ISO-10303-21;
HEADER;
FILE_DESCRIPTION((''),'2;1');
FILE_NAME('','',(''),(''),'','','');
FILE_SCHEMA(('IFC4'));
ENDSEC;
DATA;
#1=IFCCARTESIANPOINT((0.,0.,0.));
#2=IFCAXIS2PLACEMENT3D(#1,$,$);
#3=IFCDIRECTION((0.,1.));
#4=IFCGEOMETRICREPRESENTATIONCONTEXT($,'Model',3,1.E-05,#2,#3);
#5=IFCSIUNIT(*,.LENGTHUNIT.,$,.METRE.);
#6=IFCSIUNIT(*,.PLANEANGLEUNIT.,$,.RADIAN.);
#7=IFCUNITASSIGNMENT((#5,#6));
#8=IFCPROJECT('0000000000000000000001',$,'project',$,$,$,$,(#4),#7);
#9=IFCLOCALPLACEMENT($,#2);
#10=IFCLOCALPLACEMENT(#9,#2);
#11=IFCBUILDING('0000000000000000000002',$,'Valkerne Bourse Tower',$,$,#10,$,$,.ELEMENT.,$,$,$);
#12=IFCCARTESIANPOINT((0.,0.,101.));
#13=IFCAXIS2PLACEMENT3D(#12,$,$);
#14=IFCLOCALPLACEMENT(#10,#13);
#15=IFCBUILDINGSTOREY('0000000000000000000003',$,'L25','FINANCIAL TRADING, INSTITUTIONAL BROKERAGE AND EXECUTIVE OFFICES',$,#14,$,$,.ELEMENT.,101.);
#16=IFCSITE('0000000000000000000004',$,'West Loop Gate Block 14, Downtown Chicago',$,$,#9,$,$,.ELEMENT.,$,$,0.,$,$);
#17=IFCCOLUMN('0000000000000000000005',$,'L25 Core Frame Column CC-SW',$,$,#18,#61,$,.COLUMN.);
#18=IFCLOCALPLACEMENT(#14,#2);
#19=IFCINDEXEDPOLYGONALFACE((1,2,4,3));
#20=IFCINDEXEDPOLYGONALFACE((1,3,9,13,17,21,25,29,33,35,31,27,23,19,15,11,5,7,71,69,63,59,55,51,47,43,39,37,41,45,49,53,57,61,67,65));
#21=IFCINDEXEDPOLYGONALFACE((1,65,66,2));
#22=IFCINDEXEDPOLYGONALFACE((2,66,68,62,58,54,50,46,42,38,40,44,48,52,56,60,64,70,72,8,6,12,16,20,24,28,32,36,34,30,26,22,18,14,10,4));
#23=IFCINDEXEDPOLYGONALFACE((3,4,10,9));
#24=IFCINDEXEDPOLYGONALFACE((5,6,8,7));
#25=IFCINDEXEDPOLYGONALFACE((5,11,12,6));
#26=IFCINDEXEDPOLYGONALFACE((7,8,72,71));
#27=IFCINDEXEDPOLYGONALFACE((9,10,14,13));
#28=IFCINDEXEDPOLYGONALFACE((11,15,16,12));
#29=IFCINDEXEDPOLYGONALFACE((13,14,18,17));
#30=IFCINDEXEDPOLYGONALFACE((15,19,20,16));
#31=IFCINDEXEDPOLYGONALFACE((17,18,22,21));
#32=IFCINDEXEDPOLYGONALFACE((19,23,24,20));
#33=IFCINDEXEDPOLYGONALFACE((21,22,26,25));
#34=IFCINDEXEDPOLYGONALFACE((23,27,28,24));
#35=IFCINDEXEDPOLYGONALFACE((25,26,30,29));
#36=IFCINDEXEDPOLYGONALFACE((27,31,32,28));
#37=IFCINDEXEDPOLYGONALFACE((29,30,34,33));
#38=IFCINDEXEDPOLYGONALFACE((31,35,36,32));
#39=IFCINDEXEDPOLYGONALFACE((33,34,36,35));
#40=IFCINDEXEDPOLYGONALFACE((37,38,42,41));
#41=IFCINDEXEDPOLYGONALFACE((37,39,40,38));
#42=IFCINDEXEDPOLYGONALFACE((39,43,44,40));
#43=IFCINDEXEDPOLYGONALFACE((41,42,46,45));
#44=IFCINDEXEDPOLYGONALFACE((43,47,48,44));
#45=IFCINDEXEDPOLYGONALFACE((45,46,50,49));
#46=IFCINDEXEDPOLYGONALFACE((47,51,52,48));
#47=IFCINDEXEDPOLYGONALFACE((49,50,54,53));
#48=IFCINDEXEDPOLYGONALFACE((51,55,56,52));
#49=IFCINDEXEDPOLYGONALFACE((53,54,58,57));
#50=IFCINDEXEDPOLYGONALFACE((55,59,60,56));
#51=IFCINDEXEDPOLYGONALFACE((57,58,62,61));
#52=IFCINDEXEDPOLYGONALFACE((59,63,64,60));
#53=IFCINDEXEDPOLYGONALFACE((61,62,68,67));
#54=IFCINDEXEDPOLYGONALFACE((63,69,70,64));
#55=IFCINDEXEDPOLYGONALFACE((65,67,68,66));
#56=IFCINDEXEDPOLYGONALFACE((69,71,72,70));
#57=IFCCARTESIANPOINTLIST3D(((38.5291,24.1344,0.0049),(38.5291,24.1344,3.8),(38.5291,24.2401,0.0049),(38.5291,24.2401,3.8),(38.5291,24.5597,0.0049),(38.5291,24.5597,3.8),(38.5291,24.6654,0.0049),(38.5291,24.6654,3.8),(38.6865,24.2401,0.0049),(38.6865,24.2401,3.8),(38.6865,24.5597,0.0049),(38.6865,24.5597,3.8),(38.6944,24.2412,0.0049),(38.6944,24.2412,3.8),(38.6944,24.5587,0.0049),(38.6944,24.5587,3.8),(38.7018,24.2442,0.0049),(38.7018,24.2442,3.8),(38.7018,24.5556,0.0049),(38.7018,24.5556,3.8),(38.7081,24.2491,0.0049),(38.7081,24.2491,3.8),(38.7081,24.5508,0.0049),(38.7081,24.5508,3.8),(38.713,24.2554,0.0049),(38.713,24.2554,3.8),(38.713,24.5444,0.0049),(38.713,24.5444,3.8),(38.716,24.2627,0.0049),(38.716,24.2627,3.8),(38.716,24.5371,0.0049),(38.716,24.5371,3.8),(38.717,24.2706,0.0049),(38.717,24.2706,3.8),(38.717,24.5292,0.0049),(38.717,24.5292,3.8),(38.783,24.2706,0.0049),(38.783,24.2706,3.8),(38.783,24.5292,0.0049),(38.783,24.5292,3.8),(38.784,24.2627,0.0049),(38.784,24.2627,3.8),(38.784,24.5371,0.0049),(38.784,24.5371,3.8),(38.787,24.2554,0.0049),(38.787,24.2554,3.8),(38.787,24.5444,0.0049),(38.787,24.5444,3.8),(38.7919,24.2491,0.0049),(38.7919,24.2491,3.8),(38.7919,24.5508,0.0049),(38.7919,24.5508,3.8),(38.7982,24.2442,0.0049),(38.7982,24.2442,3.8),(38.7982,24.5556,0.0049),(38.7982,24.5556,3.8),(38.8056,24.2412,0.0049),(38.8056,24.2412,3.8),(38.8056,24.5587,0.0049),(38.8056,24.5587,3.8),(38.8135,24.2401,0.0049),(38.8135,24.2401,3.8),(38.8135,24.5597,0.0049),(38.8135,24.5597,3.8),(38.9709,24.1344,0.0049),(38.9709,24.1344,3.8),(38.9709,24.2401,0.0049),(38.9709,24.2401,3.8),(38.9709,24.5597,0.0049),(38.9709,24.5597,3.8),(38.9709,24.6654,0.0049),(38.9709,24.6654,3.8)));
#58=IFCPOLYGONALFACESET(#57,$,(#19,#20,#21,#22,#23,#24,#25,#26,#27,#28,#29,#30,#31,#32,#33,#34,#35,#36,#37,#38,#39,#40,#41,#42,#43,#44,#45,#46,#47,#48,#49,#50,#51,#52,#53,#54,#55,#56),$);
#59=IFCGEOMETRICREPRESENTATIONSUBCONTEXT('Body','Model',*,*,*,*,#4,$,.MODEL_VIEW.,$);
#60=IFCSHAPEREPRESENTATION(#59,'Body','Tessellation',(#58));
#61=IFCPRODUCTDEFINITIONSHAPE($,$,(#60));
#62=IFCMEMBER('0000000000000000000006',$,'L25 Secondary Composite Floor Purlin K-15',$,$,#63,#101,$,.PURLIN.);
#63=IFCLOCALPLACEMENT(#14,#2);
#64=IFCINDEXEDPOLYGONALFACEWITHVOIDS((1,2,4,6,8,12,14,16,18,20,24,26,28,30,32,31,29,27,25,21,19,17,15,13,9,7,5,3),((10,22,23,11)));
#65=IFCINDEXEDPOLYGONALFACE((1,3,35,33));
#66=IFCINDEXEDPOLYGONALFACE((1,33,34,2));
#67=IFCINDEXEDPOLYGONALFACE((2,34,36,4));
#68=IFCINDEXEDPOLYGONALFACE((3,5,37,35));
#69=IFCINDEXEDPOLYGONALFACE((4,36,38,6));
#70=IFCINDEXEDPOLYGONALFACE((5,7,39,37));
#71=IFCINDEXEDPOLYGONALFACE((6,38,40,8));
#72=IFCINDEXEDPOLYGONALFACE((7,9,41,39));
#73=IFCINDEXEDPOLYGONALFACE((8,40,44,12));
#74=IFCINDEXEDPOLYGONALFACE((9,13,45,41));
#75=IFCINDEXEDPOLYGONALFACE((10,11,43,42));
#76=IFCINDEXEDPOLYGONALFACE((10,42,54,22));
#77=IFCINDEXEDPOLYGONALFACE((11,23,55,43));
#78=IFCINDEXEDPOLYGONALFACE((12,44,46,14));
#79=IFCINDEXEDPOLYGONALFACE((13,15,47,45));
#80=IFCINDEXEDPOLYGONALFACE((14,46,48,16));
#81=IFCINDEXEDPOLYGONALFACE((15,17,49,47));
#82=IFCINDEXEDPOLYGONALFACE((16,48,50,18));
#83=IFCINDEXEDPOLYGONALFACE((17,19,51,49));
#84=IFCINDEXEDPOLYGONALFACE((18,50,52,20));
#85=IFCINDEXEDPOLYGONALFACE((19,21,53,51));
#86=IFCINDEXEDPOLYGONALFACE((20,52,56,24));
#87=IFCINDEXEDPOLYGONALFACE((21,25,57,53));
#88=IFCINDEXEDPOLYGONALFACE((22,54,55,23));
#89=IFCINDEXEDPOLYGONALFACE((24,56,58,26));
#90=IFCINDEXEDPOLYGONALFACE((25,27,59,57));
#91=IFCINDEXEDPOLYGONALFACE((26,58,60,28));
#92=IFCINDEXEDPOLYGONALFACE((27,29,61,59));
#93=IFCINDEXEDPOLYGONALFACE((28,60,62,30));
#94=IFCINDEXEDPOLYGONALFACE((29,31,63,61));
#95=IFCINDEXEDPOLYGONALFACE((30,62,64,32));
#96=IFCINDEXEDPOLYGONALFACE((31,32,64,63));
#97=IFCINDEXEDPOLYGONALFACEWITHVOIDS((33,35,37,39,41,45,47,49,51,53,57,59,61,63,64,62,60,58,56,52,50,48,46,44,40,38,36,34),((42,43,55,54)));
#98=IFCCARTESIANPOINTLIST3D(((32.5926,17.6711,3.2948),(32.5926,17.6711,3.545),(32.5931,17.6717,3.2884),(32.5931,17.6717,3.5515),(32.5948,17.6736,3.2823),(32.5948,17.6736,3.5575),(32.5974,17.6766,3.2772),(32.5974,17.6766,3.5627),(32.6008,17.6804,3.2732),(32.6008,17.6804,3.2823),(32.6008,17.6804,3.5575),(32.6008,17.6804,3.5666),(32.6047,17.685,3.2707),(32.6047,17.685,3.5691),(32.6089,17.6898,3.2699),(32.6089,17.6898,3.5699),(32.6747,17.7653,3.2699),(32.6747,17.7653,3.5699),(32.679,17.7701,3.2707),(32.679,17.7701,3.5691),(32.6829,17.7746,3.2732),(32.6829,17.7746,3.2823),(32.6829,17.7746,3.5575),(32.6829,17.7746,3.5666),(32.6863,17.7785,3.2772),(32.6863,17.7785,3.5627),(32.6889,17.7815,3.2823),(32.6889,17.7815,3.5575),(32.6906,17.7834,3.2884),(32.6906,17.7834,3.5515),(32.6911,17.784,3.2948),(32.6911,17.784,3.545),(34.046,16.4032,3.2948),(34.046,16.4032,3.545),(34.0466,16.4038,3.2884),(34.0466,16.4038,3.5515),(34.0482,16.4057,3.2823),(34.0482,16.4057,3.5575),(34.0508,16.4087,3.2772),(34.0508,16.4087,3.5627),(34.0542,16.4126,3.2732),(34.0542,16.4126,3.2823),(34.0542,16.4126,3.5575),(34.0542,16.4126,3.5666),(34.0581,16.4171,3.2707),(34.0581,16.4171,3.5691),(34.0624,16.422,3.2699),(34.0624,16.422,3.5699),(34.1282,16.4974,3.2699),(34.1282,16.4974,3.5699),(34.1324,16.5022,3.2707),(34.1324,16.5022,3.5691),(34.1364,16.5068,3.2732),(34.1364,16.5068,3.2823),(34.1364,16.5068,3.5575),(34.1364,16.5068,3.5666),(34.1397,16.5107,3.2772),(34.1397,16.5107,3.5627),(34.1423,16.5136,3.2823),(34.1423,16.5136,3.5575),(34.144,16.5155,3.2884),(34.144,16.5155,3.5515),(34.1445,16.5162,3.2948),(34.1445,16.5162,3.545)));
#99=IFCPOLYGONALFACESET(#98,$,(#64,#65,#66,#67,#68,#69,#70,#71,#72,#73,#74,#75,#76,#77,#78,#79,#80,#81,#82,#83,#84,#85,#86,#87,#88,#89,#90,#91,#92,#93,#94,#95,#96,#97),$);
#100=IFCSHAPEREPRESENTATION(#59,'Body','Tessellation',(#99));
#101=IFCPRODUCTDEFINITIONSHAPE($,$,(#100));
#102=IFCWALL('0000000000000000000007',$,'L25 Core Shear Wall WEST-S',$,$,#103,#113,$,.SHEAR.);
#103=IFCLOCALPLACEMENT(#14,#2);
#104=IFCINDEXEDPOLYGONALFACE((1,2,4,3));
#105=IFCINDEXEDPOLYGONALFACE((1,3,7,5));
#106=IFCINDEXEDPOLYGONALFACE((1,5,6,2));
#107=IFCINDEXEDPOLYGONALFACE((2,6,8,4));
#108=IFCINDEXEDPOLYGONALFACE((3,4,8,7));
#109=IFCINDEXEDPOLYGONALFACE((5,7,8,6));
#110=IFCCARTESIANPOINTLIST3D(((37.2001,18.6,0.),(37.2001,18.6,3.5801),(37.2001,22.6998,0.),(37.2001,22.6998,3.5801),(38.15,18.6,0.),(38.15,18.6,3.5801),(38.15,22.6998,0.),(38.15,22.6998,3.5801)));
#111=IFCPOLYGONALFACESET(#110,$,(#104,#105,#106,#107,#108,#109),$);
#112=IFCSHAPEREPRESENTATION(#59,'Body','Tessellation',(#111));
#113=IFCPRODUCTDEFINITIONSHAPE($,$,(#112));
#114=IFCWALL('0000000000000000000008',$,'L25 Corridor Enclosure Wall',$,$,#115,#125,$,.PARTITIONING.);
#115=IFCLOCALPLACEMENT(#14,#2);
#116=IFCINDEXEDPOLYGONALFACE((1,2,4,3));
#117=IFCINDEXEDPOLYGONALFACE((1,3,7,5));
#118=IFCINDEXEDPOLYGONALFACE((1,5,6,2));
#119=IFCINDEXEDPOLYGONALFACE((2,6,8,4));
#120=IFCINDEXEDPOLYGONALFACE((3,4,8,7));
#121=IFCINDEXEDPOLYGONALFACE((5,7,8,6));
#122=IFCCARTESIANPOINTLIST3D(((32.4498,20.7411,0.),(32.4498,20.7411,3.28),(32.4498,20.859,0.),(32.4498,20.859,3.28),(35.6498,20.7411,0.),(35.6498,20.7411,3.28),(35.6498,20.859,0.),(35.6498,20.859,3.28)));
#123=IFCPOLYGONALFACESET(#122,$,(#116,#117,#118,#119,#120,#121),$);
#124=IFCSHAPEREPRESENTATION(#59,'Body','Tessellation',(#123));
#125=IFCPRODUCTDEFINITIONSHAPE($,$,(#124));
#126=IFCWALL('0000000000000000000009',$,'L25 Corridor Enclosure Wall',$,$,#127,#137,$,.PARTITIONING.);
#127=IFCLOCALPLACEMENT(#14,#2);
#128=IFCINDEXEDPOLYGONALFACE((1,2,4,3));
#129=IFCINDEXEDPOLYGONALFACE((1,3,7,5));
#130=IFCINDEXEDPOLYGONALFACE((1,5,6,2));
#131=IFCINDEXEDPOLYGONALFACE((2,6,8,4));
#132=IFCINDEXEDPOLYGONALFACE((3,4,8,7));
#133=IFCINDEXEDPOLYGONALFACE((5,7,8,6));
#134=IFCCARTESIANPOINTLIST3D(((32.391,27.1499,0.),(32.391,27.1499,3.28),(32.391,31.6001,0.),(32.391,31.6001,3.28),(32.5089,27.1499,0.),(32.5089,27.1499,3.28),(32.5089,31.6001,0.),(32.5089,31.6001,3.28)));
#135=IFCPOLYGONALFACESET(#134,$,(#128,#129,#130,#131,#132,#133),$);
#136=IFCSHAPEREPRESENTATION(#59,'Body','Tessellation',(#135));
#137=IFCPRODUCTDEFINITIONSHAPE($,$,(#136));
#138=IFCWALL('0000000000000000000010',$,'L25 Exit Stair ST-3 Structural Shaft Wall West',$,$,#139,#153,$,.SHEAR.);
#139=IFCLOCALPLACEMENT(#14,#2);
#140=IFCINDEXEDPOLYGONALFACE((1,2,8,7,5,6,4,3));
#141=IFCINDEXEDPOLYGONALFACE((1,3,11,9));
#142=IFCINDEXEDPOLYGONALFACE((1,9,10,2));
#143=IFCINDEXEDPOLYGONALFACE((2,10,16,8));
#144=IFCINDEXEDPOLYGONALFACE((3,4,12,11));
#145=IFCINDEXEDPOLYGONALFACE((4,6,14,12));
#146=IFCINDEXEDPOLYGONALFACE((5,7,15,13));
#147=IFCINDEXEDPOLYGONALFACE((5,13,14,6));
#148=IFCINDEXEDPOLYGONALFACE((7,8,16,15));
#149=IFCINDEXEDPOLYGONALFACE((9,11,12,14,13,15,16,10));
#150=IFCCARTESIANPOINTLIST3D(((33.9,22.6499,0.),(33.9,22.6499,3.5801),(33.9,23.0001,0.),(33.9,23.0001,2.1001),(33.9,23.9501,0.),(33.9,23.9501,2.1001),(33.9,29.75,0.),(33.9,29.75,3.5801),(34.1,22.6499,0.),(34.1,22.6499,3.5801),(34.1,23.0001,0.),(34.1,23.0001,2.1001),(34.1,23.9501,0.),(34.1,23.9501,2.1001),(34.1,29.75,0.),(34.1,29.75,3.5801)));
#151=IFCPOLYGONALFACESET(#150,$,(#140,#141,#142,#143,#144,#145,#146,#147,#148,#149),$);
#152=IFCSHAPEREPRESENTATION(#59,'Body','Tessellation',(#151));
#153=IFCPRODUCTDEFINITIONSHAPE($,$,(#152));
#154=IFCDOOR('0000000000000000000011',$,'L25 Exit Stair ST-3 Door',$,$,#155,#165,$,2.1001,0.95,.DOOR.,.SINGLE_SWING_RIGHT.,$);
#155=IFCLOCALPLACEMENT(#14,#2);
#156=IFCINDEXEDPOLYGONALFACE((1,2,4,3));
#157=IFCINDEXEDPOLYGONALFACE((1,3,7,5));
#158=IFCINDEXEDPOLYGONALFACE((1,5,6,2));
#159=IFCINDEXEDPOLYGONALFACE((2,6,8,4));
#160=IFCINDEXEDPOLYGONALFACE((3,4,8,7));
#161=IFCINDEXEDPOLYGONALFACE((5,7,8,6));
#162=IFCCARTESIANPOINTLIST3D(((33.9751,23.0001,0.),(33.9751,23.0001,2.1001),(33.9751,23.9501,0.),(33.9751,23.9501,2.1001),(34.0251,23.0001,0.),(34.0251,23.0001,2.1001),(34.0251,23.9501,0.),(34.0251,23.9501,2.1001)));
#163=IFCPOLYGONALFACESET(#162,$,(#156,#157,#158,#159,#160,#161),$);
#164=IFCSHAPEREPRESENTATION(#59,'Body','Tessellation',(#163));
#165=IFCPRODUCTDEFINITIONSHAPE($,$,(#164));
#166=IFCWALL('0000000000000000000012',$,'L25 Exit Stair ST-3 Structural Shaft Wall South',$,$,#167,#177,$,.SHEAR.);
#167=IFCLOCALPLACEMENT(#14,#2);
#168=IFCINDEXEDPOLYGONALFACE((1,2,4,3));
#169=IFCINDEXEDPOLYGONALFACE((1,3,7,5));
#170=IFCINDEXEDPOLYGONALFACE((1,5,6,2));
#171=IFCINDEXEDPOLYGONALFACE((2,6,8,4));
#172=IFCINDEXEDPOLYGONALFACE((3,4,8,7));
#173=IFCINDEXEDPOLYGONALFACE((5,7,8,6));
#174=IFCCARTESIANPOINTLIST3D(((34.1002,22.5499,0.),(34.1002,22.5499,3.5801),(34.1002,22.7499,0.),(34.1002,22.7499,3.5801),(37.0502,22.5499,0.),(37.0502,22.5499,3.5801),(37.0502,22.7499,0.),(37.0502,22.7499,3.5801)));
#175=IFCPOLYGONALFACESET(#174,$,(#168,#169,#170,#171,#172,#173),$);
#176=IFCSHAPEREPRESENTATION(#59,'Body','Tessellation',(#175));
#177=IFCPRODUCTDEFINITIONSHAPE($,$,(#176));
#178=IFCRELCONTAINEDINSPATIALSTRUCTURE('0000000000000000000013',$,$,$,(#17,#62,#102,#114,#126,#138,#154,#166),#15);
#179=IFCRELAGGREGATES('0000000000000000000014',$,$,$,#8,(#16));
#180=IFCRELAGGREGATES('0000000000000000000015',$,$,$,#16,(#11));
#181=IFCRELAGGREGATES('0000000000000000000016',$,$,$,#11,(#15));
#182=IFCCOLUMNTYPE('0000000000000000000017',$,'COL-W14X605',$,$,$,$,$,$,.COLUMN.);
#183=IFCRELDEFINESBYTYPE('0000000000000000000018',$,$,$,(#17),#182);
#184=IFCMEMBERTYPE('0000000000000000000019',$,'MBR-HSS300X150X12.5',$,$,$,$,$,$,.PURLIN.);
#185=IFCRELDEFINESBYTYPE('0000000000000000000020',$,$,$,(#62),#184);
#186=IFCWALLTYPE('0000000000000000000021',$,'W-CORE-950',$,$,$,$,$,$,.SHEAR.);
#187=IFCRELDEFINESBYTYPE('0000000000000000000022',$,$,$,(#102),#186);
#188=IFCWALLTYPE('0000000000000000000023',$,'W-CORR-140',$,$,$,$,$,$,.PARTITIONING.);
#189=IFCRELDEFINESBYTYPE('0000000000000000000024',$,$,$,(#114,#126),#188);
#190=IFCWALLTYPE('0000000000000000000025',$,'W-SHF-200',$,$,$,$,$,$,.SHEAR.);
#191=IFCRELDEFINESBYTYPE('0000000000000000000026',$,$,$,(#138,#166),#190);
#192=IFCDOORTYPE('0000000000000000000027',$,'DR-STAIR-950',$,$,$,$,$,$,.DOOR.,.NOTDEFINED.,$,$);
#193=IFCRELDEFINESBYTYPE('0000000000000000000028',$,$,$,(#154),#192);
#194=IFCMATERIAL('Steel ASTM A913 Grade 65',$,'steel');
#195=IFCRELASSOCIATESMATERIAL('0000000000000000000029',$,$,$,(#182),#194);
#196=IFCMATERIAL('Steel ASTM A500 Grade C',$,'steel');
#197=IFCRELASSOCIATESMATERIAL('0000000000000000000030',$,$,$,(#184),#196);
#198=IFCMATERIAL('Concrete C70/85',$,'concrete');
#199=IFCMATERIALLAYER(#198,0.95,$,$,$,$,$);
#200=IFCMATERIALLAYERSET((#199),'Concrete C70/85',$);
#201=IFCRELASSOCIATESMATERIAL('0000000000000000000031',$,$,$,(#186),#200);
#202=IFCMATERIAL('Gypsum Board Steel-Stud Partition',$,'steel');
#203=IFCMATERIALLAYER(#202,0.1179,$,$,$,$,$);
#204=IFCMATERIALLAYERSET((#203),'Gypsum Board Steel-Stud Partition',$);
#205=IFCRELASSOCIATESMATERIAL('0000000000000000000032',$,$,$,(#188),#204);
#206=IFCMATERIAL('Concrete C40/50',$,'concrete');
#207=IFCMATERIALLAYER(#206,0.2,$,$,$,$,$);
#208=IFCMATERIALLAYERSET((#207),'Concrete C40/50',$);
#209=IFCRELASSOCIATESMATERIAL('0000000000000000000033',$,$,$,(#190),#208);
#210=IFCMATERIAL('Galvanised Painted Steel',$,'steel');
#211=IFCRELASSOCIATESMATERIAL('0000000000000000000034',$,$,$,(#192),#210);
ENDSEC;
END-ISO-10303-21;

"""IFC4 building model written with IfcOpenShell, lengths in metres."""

from ifc_helpers import new_model, si_unit, direction, frame, frame_2d, origin, origin_2d, place, context, subcontext, project, spatial, rectangle, hollow_rectangle, i_section, extrude, material, layer, layer_set, material_profile, profile_set, type_object, element, fill, save


model = new_model("IFC4")

# Units and contexts
model_context = context("Model", 3, precision=1e-05, world=origin(), true_north=direction((0.0, 1.0)))
body_context = subcontext(model_context, "Body", "Model", "MODEL_VIEW")
ifc_project = project(units=[si_unit("LENGTHUNIT", "METRE"), si_unit("PLANEANGLEUNIT", "RADIAN")], contexts=[model_context])

# Site, building, storey
site_placement = place(None, origin())
site = spatial("IfcSite", under=ifc_project, at=site_placement, Name="West Loop Gate Block 14, Downtown Chicago", CompositionType="ELEMENT", RefElevation=0.0)
building_placement = place(site_placement, origin())
building = spatial("IfcBuilding", under=site, at=building_placement, Name="Valkerne Bourse Tower", CompositionType="ELEMENT")
storey_placement = place(building_placement, frame((0.0, 0.0, 101.0)))
storey = spatial("IfcBuildingStorey", under=building, at=storey_placement, Name="L25", Description="FINANCIAL TRADING, INSTITUTIONAL BROKERAGE AND EXECUTIVE OFFICES", CompositionType="ELEMENT", Elevation=101.0)

# Column
ifc_material_1 = material(Name="Steel ASTM A913 Grade 65", Category="steel")
ifc_material_profile_1 = material_profile(ifc_material_1, i_section(OverallWidth=0.4419, OverallDepth=0.531, WebThickness=0.0659, FlangeThickness=0.1057, FilletRadius=0.0305, at=origin_2d()), Name="W14X605")
ifc_profile_set_1 = profile_set([ifc_material_profile_1], Name="Steel ASTM A913 Grade 65")
column_type = type_object("IfcColumnType", Name="COL-W14X605", PredefinedType="COLUMN", material=ifc_profile_set_1)
column_placement = place(storey_placement, frame((38.75, 24.3999, 0.0049), z_axis=(0.0, 0.0, 1.0), x_axis=(1.0, 0.0, 0.0)))
element("IfcColumn", 1, at=column_placement, inside=storey, type_object=column_type, Name="L25 Core Frame Column CC-SW", PredefinedType="COLUMN", context=body_context, shape_type="SweptSolid", body=[
    extrude(i_section(OverallWidth=0.4419, OverallDepth=0.531, WebThickness=0.0659, FlangeThickness=0.1057, FilletRadius=0.0305, at=origin_2d()), origin(), (0.0, 0.0, 1.0), 3.7952),
])

# Member
ifc_material_2 = material(Name="Steel ASTM A500 Grade C", Category="steel")
ifc_material_profile_2 = material_profile(ifc_material_2, hollow_rectangle(XDim=0.1499, YDim=0.3, WallThickness=0.0125, OuterFilletRadius=0.0249, at=origin_2d()), Name="HSS300X150X12.5")
ifc_profile_set_2 = profile_set([ifc_material_profile_2], Name="Steel ASTM A500 Grade C")
member_type = type_object("IfcMemberType", Name="MBR-HSS300X150X12.5", PredefinedType="PURLIN", material=ifc_profile_set_2)
member_placement = place(storey_placement, frame((32.6418, 17.7275, 3.4199), z_axis=(0.753572, -0.657366, 0.0), x_axis=(0.657366, 0.753572, 0.0)))
element("IfcMember", 2, at=member_placement, inside=storey, type_object=member_type, Name="L25 Secondary Composite Floor Purlin K-15", PredefinedType="PURLIN", context=body_context, shape_type="SweptSolid", body=[
    extrude(hollow_rectangle(XDim=0.1499, YDim=0.3, WallThickness=0.0125, OuterFilletRadius=0.0249, at=origin_2d()), origin(), (0.0, 0.0, 1.0), 1.9287),
])

# Shared definitions
ifc_material_3 = material(Name="Concrete C70/85", Category="concrete")
ifc_layer_1 = layer(ifc_material_3, 0.95)
ifc_layer_set_1 = layer_set([ifc_layer_1], Name="Concrete C70/85")
wall_type_1 = type_object("IfcWallType", Name="W-CORE-950", PredefinedType="SHEAR", material=ifc_layer_set_1)
ifc_material_4 = material(Name="Galvanised Painted Steel", Category="steel")

# Walls
wall_1_placement = place(storey_placement, frame((37.675, 18.6001, 0.0), z_axis=(0.0, 0.0, 1.0), x_axis=(0.0, 1.0, 0.0)))
element("IfcWall", 3, at=wall_1_placement, inside=storey, type_object=wall_type_1, Name="L25 Core Shear Wall WEST-S", PredefinedType="SHEAR", context=body_context, shape_type="SweptSolid", body=[
    extrude(rectangle(XDim=4.0999, YDim=0.95, at=frame_2d((2.0498, 0.0))), origin(), (0.0, 0.0, 1.0), 3.5801),
])
ifc_material_5 = material(Name="Gypsum Board Steel-Stud Partition", Category="steel")
ifc_layer_2 = layer(ifc_material_5, 0.1179)
ifc_layer_set_2 = layer_set([ifc_layer_2], Name="Gypsum Board Steel-Stud Partition")
wall_type_2 = type_object("IfcWallType", Name="W-CORR-140", PredefinedType="PARTITIONING", material=ifc_layer_set_2)
wall_2_placement = place(storey_placement, frame((35.6499, 20.8, 0.0), z_axis=(0.0, 0.0, 1.0), x_axis=(-1.0, 0.0, 0.0)))
element("IfcWall", 4, at=wall_2_placement, inside=storey, type_object=wall_type_2, Name="L25 Corridor Enclosure Wall", PredefinedType="PARTITIONING", context=body_context, shape_type="SweptSolid", body=[
    extrude(rectangle(XDim=3.2, YDim=0.1179, at=frame_2d((1.6001, 0.0))), origin(), (0.0, 0.0, 1.0), 3.28),
])
wall_3_placement = place(storey_placement, frame((32.45, 27.1499, 0.0), z_axis=(0.0, 0.0, 1.0), x_axis=(0.0, 1.0, 0.0)))
element("IfcWall", 5, at=wall_3_placement, inside=storey, type_object=wall_type_2, Name="L25 Corridor Enclosure Wall", PredefinedType="PARTITIONING", context=body_context, shape_type="SweptSolid", body=[
    extrude(rectangle(XDim=4.4502, YDim=0.1179, at=frame_2d((2.2251, 0.0))), origin(), (0.0, 0.0, 1.0), 3.28),
])

# Wall, opening, door
ifc_material_6 = material(Name="Concrete C40/50", Category="concrete")
ifc_layer_3 = layer(ifc_material_6, 0.2)
ifc_layer_set_3 = layer_set([ifc_layer_3], Name="Concrete C40/50")
wall_type_3 = type_object("IfcWallType", Name="W-SHF-200", PredefinedType="SHEAR", material=ifc_layer_set_3)
wall_4_placement = place(storey_placement, frame((34.0, 22.6499, 0.0), z_axis=(0.0, 0.0, 1.0), x_axis=(0.0, 1.0, 0.0)))
wall_4 = element("IfcWall", 6, at=wall_4_placement, inside=storey, type_object=wall_type_3, Name="L25 Exit Stair ST-3 Structural Shaft Wall West", PredefinedType="SHEAR", context=body_context, shape_type="SweptSolid", body=[
    extrude(rectangle(XDim=7.1001, YDim=0.2, at=frame_2d((3.55, 0.0))), origin(), (0.0, 0.0, 1.0), 3.5801),
])
opening_1_placement = place(wall_4_placement, frame((0.3501, 0.0, 0.0)))
opening_1 = element("IfcOpeningElement", 7, at=opening_1_placement, cuts=wall_4, PredefinedType="OPENING", context=body_context, shape_type="SweptSolid", body=[
    extrude(rectangle(XDim=0.95, YDim=2.1001, at=frame_2d((0.4751, 1.05))), frame((0.0, 0.1099, 0.0), z_axis=(0.0, -1.0, 0.0), x_axis=(1.0, 0.0, 0.0)), (0.0, 0.0, 1.0), 0.22),
])
door_type_1 = type_object("IfcDoorType", Name="DR-STAIR-950", OperationType="NOTDEFINED", PredefinedType="DOOR", material=ifc_material_4)
door_1_placement = place(opening_1_placement, origin())
door_1 = element("IfcDoor", 8, at=door_1_placement, inside=storey, type_object=door_type_1, Name="L25 Exit Stair ST-3 Door", OperationType="SINGLE_SWING_RIGHT", OverallHeight=2.1001, OverallWidth=0.95, PredefinedType="DOOR", context=body_context, shape_type="SweptSolid", body=[
    extrude(rectangle(XDim=0.95, YDim=2.1001, at=frame_2d((0.4751, 1.05))), frame((0.0, 0.0249, 0.0), z_axis=(0.0, -1.0, 0.0), x_axis=(1.0, 0.0, 0.0)), (0.0, 0.0, 1.0), 0.05),
])
fill(opening_1, door_1)

# Wall
for number, where, z_axis, x_axis, name in (
    (9, (34.1001, 22.6499, 0.0), (0.0, 0.0, 1.0), (1.0, 0.0, 0.0), "L25 Exit Stair ST-3 Structural Shaft Wall South"),
):
    element("IfcWall", number, at=place(storey_placement, frame(where, z_axis=z_axis, x_axis=x_axis)), inside=storey, type_object=wall_type_3, Name=name, PredefinedType="SHEAR", context=body_context, shape_type="SweptSolid", body=[
        extrude(rectangle(XDim=2.95, YDim=0.2, at=frame_2d((1.4751, 0.0))), origin(), (0.0, 0.0, 1.0), 3.5801),
    ])

save(model, "model.ifc")
